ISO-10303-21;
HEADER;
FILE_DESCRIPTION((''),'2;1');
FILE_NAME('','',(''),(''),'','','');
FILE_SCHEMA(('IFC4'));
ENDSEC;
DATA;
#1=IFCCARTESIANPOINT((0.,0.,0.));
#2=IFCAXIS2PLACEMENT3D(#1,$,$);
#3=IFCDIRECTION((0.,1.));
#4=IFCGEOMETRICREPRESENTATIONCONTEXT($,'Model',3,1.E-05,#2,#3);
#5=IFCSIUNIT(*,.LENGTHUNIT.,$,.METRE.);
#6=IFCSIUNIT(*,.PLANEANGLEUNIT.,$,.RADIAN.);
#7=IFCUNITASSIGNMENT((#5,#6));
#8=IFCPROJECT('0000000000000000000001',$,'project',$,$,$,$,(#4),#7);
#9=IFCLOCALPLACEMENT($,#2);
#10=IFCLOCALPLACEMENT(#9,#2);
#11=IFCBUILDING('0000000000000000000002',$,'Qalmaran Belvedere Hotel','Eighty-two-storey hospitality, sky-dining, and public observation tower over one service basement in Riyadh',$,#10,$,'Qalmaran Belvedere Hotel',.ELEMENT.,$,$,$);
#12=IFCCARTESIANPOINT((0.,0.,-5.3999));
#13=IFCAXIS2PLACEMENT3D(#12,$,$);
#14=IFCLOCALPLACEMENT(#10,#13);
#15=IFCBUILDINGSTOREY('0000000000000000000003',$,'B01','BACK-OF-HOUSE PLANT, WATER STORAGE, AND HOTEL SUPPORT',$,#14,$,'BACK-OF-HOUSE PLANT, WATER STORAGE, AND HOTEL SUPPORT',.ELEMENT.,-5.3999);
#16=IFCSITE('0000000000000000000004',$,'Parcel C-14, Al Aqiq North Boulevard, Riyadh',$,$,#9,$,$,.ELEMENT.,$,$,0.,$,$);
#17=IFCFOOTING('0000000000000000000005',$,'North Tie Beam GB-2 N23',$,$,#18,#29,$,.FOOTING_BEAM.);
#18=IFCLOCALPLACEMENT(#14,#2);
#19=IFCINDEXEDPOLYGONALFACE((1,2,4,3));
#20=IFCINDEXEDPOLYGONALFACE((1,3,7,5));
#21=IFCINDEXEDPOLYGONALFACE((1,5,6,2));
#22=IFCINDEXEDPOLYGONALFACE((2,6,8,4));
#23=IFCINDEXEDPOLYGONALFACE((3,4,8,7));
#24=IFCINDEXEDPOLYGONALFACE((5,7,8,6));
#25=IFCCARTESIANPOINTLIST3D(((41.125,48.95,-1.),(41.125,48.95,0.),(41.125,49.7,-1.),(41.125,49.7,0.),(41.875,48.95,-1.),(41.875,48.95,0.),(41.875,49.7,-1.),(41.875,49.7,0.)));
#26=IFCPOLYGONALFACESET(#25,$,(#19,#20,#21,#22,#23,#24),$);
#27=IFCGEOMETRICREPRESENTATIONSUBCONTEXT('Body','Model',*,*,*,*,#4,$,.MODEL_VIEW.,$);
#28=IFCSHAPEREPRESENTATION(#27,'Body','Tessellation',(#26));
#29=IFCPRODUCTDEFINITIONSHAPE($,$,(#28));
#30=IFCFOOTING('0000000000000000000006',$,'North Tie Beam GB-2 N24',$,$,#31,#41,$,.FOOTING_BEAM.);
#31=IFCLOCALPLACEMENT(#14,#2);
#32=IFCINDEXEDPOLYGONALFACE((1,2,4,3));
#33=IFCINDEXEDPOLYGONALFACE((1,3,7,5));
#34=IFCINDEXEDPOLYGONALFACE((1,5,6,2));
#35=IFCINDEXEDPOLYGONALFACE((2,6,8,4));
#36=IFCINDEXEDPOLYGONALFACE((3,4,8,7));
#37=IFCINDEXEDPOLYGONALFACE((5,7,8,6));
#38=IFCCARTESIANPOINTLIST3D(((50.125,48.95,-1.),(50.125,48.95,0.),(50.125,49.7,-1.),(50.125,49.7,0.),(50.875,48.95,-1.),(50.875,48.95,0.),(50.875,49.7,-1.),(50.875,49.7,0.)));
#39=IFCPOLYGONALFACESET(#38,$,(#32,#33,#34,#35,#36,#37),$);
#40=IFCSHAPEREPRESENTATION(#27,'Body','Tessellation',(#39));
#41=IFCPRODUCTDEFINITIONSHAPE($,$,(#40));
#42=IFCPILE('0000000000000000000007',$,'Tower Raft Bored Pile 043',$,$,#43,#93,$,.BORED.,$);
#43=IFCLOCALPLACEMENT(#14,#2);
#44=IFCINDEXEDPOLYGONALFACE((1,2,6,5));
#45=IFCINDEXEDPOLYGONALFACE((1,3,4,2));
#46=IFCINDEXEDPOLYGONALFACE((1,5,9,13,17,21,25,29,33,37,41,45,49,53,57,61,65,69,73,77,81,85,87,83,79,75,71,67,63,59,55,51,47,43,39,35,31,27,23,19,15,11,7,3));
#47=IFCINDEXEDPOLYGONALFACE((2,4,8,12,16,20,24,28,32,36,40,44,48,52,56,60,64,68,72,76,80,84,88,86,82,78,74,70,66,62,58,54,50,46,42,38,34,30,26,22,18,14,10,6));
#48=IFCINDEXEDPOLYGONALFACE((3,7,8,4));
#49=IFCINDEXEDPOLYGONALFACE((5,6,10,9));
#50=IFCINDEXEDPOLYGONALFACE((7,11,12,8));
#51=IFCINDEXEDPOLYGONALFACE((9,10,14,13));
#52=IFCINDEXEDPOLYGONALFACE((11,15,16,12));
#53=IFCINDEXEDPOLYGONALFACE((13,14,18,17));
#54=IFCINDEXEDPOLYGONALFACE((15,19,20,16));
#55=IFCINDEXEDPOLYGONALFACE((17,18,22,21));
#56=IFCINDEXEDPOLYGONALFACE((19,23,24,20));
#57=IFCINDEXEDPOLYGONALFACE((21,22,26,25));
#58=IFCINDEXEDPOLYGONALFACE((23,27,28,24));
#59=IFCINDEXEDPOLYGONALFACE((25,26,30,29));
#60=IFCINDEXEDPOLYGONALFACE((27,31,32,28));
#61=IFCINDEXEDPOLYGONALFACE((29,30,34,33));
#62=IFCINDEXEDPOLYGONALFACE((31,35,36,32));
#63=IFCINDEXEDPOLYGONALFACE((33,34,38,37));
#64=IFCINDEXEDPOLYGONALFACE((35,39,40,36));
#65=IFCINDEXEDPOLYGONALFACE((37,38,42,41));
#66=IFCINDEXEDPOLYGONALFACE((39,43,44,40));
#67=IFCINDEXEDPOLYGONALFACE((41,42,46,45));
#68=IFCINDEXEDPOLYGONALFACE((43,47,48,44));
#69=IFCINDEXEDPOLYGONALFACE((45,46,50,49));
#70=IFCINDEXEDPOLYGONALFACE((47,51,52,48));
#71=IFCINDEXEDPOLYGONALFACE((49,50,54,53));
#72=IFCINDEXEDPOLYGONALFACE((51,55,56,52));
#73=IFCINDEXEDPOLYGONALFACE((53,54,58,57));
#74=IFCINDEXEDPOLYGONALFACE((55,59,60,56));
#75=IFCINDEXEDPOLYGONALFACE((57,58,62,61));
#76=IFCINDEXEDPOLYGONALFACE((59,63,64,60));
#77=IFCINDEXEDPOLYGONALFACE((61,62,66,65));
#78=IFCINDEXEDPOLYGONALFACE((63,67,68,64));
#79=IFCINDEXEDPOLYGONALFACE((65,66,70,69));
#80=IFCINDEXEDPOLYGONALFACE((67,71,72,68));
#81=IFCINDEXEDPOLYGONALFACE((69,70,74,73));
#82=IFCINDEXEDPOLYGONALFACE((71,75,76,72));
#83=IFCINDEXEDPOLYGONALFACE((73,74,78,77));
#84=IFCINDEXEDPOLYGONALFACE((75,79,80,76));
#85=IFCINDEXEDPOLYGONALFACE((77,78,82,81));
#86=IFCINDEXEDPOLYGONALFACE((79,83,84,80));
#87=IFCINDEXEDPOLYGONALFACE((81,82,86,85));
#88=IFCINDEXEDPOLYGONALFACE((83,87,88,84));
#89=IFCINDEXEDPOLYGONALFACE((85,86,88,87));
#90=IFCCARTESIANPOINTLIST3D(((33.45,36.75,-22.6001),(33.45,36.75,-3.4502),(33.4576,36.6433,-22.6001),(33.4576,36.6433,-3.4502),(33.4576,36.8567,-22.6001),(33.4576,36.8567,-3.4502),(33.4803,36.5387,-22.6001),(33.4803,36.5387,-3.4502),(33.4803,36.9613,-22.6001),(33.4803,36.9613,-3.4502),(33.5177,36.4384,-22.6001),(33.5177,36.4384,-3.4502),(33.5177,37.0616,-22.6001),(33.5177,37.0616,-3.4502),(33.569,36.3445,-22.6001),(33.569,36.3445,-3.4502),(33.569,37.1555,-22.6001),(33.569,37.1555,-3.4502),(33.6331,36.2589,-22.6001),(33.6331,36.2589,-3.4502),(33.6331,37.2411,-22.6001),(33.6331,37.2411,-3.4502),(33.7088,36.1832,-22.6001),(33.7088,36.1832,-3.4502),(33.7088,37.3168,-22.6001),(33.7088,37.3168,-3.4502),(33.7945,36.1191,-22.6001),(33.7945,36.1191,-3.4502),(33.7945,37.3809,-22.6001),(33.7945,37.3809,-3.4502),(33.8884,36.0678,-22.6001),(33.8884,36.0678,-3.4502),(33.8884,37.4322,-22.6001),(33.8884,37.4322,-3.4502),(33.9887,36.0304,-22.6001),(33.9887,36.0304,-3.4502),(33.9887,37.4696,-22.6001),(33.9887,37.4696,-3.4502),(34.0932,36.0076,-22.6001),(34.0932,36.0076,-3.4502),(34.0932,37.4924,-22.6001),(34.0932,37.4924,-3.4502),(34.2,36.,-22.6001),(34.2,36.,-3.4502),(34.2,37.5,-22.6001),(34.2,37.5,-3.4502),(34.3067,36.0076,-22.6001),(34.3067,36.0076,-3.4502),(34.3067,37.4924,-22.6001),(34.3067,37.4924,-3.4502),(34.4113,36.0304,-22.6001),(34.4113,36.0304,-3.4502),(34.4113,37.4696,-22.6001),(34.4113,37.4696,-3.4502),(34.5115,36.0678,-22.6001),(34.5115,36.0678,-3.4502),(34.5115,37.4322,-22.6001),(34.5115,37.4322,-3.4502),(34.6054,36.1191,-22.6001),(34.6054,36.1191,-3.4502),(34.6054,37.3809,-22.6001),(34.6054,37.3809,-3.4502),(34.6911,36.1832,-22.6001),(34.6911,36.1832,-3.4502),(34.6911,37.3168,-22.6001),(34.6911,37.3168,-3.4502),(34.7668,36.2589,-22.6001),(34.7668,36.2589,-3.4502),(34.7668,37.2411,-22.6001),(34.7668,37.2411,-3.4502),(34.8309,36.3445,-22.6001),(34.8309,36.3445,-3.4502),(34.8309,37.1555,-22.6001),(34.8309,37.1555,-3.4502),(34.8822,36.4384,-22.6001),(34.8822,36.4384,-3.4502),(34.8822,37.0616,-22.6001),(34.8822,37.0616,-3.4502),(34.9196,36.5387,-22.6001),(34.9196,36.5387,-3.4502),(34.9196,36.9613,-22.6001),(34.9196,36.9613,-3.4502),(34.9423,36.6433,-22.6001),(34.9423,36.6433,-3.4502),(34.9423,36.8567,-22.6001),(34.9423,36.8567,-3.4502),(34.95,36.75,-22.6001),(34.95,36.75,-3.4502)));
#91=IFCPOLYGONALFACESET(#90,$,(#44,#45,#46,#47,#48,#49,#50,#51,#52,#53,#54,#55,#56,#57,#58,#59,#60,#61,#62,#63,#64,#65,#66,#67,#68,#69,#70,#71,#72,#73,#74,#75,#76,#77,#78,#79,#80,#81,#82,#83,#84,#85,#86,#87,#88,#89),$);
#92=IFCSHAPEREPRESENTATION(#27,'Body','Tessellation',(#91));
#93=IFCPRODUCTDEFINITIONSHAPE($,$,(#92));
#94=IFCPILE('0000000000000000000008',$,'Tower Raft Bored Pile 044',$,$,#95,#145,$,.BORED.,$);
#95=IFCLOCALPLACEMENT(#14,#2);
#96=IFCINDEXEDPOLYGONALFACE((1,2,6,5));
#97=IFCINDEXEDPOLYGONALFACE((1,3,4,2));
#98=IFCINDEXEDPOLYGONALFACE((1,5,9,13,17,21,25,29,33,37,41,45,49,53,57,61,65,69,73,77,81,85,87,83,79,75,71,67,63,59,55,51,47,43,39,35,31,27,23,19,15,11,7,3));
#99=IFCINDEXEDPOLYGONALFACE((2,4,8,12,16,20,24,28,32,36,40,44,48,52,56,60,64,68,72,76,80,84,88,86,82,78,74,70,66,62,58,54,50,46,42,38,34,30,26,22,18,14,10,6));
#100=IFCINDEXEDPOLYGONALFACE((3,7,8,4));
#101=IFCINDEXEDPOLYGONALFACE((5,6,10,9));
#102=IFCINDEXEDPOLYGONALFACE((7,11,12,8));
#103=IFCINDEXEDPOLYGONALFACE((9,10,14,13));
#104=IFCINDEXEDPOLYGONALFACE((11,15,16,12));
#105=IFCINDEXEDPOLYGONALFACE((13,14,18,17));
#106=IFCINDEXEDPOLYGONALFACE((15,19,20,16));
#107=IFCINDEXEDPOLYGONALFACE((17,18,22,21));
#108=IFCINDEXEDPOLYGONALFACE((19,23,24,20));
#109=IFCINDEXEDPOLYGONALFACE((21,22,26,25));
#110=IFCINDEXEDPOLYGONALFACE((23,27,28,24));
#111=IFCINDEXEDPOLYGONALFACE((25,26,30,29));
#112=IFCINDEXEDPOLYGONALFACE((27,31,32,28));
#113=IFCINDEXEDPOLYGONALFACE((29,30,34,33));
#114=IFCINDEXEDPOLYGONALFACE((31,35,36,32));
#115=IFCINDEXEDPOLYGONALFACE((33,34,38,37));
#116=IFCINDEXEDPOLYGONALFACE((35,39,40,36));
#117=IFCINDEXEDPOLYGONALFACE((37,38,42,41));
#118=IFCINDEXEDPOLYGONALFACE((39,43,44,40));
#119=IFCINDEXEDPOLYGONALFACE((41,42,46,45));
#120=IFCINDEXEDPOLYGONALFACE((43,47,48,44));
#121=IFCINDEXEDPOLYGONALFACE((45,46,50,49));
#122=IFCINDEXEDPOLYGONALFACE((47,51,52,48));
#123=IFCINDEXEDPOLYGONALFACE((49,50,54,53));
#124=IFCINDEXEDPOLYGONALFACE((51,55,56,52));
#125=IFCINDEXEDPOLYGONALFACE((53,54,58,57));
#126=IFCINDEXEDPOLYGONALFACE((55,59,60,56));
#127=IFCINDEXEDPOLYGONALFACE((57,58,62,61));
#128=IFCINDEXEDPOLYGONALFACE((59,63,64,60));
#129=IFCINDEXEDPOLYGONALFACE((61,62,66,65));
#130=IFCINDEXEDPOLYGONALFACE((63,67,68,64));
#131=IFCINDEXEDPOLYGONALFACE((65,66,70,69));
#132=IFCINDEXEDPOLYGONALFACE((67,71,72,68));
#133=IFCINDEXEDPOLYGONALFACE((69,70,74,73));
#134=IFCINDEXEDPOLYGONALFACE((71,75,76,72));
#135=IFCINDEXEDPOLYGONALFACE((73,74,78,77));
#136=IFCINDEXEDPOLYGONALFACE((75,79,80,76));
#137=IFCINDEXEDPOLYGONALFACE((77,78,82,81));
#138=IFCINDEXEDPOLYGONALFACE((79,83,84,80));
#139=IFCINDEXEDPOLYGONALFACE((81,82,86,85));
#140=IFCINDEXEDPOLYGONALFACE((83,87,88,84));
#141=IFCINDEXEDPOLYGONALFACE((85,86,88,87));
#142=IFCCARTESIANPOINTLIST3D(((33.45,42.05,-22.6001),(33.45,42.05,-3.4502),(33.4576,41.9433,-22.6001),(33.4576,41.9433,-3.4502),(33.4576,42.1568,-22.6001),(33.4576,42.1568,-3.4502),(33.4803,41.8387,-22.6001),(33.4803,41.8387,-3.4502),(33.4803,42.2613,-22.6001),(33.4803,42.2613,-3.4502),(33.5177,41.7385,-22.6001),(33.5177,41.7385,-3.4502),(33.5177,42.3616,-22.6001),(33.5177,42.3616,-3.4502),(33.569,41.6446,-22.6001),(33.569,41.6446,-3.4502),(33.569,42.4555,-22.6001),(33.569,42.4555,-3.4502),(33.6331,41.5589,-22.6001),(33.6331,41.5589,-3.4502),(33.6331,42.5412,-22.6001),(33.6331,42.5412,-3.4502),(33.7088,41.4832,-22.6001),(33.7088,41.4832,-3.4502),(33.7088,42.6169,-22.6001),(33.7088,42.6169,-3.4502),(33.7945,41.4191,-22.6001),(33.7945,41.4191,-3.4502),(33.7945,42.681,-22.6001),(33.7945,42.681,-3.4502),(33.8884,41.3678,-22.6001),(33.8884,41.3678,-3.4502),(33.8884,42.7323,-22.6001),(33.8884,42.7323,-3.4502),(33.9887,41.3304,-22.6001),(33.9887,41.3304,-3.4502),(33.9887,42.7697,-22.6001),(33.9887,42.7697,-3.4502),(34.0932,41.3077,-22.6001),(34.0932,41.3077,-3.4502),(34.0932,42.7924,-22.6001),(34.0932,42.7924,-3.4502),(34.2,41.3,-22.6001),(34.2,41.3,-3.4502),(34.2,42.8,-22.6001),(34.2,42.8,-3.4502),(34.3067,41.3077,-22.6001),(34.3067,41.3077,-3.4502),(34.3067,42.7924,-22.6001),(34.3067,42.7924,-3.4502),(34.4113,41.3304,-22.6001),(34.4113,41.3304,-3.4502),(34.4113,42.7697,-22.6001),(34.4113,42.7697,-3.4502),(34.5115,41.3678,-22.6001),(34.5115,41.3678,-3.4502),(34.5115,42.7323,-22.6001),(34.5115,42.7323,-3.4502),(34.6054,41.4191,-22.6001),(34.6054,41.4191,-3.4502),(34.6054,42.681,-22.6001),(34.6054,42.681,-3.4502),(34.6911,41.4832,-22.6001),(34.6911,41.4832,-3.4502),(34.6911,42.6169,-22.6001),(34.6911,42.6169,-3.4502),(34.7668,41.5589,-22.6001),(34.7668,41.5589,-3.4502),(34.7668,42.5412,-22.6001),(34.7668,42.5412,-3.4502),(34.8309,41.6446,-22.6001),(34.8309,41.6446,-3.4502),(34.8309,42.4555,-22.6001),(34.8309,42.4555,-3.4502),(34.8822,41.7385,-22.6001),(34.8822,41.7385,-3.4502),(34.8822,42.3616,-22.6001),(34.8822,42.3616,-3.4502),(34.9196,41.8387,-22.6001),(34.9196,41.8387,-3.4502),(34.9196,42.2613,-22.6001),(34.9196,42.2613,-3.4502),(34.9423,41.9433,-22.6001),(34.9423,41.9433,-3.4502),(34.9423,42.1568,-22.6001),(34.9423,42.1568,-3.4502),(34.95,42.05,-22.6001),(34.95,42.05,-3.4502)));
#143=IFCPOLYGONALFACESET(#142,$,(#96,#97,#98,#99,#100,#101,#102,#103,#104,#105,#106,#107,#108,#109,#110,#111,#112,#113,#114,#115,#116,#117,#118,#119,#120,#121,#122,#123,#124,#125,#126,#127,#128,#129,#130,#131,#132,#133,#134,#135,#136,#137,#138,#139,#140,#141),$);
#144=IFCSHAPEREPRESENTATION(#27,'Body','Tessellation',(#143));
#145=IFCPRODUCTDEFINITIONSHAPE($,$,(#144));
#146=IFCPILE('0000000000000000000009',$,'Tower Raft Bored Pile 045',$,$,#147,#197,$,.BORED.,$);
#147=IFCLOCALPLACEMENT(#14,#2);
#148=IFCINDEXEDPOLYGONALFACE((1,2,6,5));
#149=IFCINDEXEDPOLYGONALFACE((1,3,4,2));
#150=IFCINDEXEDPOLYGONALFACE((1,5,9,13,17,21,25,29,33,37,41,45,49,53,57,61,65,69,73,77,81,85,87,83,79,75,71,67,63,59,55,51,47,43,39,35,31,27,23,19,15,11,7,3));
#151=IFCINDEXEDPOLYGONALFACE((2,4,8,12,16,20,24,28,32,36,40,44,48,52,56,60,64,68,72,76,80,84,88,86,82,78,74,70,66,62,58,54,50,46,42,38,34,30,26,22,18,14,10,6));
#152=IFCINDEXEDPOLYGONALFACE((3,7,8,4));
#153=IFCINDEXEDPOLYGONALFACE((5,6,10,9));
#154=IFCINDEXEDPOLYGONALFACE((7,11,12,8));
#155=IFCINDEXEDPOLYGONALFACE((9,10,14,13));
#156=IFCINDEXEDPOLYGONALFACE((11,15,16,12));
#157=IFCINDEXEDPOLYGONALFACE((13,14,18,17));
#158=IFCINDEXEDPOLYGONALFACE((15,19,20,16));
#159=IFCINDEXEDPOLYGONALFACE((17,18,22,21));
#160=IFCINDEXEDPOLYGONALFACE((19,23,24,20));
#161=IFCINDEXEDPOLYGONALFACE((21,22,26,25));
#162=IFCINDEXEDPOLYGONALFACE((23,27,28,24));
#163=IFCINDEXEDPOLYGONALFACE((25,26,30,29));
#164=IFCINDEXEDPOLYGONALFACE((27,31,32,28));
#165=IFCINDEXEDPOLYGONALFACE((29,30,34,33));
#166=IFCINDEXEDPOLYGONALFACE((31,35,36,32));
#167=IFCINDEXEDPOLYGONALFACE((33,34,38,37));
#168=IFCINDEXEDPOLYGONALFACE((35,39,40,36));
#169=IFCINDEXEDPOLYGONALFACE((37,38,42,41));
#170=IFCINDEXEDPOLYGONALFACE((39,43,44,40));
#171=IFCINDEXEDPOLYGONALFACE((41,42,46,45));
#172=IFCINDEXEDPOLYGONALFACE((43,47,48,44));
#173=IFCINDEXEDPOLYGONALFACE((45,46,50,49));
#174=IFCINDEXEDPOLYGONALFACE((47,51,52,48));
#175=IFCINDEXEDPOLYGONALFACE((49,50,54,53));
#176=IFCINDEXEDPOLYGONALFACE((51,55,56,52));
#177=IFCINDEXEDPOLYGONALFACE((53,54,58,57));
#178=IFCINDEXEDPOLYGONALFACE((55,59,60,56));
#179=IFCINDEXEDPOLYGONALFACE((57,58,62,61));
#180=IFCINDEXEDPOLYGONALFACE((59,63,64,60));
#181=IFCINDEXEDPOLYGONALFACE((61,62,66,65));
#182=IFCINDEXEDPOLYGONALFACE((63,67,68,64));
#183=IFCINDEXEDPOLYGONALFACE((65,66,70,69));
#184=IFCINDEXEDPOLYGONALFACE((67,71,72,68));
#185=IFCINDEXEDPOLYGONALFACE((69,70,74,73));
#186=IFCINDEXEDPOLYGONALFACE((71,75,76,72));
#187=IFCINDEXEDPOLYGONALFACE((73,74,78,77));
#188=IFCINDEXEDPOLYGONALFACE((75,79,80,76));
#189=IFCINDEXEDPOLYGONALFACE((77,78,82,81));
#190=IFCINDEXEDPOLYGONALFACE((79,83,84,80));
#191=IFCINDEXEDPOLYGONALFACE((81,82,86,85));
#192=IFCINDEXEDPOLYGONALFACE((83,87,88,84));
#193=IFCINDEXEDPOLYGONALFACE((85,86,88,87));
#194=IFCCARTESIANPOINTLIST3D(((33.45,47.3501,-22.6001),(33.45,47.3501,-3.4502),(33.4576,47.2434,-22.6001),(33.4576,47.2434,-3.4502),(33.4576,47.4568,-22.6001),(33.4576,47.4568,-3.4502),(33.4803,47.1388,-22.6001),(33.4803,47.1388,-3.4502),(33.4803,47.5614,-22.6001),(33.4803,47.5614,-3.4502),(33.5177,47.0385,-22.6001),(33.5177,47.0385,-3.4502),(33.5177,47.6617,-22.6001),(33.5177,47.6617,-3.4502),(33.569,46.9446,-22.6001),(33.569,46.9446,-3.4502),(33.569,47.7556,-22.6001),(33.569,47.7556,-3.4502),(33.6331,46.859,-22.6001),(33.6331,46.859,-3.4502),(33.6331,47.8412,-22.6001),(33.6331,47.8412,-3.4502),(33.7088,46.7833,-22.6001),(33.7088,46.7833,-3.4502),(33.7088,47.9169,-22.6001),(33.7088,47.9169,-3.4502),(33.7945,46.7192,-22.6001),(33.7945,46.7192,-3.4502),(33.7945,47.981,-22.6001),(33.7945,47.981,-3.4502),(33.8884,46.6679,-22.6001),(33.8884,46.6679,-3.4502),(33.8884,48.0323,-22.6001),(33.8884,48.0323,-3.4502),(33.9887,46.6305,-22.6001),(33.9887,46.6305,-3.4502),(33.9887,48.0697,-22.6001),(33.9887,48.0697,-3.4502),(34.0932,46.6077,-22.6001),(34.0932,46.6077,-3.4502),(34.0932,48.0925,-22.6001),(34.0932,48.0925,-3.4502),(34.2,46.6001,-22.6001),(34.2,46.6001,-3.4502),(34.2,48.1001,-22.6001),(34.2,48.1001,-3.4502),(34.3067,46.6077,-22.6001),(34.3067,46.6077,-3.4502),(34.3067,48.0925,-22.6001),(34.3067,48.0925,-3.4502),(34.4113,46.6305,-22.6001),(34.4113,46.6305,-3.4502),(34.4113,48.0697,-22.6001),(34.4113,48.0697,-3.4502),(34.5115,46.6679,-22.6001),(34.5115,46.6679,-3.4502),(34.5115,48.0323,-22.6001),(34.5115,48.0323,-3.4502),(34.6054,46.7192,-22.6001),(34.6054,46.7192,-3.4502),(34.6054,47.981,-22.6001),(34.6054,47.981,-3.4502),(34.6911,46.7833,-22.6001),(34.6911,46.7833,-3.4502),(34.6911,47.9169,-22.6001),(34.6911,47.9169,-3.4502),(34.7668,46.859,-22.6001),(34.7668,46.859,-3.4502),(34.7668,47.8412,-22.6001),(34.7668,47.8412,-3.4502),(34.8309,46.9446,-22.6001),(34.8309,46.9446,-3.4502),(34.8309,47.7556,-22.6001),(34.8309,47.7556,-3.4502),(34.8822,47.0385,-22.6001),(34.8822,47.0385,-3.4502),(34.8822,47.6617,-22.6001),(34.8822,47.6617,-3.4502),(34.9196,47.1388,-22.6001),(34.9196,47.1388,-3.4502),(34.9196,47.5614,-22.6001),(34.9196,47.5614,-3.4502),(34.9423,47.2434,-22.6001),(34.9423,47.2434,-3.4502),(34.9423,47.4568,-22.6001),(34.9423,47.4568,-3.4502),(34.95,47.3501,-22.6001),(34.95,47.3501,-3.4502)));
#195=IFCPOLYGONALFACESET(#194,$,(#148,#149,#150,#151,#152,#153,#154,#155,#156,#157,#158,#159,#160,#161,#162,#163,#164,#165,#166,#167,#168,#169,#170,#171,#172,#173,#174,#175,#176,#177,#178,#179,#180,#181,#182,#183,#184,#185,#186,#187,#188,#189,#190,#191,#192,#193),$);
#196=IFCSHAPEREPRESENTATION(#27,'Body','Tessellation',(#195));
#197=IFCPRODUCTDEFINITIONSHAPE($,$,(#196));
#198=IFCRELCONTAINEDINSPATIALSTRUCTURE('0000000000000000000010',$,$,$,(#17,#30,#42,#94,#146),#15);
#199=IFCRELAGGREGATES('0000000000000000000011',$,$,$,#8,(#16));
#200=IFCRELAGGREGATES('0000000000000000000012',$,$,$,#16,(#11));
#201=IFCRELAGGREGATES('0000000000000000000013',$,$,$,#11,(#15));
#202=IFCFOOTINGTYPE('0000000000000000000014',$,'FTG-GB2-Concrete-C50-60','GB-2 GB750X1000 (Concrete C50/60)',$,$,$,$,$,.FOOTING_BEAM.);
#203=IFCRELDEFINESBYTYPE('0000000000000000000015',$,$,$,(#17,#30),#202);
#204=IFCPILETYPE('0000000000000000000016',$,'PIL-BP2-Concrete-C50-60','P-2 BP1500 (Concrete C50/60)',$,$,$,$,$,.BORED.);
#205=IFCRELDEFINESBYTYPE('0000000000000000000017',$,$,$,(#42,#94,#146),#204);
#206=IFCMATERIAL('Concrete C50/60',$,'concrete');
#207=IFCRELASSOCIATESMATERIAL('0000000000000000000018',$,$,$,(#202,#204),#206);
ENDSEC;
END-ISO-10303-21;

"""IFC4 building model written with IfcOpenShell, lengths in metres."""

from ifc_helpers import new_model, si_unit, direction, frame, origin, origin_2d, place, context, subcontext, project, spatial, rectangle, circle, extrude, material, material_profile, profile_set, type_object, element, save


model = new_model("IFC4")

# Units and contexts
model_context = context("Model", 3, precision=1e-05, world=origin(), true_north=direction((0.0, 1.0)))
body_context = subcontext(model_context, "Body", "Model", "MODEL_VIEW")
ifc_project = project(units=[si_unit("LENGTHUNIT", "METRE"), si_unit("PLANEANGLEUNIT", "RADIAN")], contexts=[model_context])

# Site, building, storey
site_placement = place(None, origin())
site = spatial("IfcSite", under=ifc_project, at=site_placement, Name="Parcel C-14, Al Aqiq North Boulevard, Riyadh", CompositionType="ELEMENT", RefElevation=0.0)
building_placement = place(site_placement, origin())
building = spatial("IfcBuilding", under=site, at=building_placement, Name="Qalmaran Belvedere Hotel", Description="Eighty-two-storey hospitality, sky-dining, and public observation tower over one service basement in Riyadh", LongName="Qalmaran Belvedere Hotel", CompositionType="ELEMENT")
storey_placement = place(building_placement, frame((0.0, 0.0, -5.3999)))
storey = spatial("IfcBuildingStorey", under=building, at=storey_placement, Name="B01", Description="BACK-OF-HOUSE PLANT, WATER STORAGE, AND HOTEL SUPPORT", LongName="BACK-OF-HOUSE PLANT, WATER STORAGE, AND HOTEL SUPPORT", CompositionType="ELEMENT", Elevation=-5.3999)

# Footings
ifc_material_1 = material(Name="Concrete C50/60", Category="concrete")
ifc_material_profile_1 = material_profile(ifc_material_1, rectangle(XDim=0.75, YDim=1.0, at=origin_2d()), Name="GB750X1000")
ifc_profile_set_1 = profile_set([ifc_material_profile_1], Name="Concrete C50/60")
footing_type = type_object("IfcFootingType", Name="FTG-GB2-Concrete-C50-60", Description="GB-2 GB750X1000 (Concrete C50/60)", PredefinedType="FOOTING_BEAM", material=ifc_profile_set_1)
for number, where, z_axis, x_axis, name in (
    (1, (41.5, 48.95, -0.5), (0.0, 1.0, 0.0), (-1.0, 0.0, 0.0), "North Tie Beam GB-2 N23"),
    (2, (50.5, 48.95, -0.5), (0.0, 1.0, 0.0), (-1.0, 0.0, 0.0), "North Tie Beam GB-2 N24"),
):
    element("IfcFooting", number, at=place(storey_placement, frame(where, z_axis=z_axis, x_axis=x_axis)), inside=storey, type_object=footing_type, Name=name, PredefinedType="FOOTING_BEAM", context=body_context, shape_type="SweptSolid", body=[
        extrude(rectangle(XDim=0.75, YDim=1.0, at=origin_2d()), origin(), (0.0, 0.0, 1.0), 0.75),
    ])

# Piles
ifc_material_profile_2 = material_profile(ifc_material_1, circle(Radius=0.75, at=origin_2d()), Name="BP1500")
ifc_profile_set_2 = profile_set([ifc_material_profile_2], Name="Concrete C50/60")
pile_type = type_object("IfcPileType", Name="PIL-BP2-Concrete-C50-60", Description="P-2 BP1500 (Concrete C50/60)", PredefinedType="BORED", material=ifc_profile_set_2)
for number, where, z_axis, x_axis, name in (
    (3, (34.2, 36.75, -3.4502), (0.0, 0.0, -1.0), (1.0, 0.0, 0.0), "Tower Raft Bored Pile 043"),
    (4, (34.2, 42.05, -3.4502), (0.0, 0.0, -1.0), (1.0, 0.0, 0.0), "Tower Raft Bored Pile 044"),
    (5, (34.2, 47.3501, -3.4502), (0.0, 0.0, -1.0), (1.0, 0.0, 0.0), "Tower Raft Bored Pile 045"),
):
    element("IfcPile", number, at=place(storey_placement, frame(where, z_axis=z_axis, x_axis=x_axis)), inside=storey, type_object=pile_type, Name=name, PredefinedType="BORED", context=body_context, shape_type="SweptSolid", body=[
        extrude(circle(Radius=0.75, at=origin_2d()), origin(), (0.0, 0.0, 1.0), 19.1499),
    ])

save(model, "model.ifc")
